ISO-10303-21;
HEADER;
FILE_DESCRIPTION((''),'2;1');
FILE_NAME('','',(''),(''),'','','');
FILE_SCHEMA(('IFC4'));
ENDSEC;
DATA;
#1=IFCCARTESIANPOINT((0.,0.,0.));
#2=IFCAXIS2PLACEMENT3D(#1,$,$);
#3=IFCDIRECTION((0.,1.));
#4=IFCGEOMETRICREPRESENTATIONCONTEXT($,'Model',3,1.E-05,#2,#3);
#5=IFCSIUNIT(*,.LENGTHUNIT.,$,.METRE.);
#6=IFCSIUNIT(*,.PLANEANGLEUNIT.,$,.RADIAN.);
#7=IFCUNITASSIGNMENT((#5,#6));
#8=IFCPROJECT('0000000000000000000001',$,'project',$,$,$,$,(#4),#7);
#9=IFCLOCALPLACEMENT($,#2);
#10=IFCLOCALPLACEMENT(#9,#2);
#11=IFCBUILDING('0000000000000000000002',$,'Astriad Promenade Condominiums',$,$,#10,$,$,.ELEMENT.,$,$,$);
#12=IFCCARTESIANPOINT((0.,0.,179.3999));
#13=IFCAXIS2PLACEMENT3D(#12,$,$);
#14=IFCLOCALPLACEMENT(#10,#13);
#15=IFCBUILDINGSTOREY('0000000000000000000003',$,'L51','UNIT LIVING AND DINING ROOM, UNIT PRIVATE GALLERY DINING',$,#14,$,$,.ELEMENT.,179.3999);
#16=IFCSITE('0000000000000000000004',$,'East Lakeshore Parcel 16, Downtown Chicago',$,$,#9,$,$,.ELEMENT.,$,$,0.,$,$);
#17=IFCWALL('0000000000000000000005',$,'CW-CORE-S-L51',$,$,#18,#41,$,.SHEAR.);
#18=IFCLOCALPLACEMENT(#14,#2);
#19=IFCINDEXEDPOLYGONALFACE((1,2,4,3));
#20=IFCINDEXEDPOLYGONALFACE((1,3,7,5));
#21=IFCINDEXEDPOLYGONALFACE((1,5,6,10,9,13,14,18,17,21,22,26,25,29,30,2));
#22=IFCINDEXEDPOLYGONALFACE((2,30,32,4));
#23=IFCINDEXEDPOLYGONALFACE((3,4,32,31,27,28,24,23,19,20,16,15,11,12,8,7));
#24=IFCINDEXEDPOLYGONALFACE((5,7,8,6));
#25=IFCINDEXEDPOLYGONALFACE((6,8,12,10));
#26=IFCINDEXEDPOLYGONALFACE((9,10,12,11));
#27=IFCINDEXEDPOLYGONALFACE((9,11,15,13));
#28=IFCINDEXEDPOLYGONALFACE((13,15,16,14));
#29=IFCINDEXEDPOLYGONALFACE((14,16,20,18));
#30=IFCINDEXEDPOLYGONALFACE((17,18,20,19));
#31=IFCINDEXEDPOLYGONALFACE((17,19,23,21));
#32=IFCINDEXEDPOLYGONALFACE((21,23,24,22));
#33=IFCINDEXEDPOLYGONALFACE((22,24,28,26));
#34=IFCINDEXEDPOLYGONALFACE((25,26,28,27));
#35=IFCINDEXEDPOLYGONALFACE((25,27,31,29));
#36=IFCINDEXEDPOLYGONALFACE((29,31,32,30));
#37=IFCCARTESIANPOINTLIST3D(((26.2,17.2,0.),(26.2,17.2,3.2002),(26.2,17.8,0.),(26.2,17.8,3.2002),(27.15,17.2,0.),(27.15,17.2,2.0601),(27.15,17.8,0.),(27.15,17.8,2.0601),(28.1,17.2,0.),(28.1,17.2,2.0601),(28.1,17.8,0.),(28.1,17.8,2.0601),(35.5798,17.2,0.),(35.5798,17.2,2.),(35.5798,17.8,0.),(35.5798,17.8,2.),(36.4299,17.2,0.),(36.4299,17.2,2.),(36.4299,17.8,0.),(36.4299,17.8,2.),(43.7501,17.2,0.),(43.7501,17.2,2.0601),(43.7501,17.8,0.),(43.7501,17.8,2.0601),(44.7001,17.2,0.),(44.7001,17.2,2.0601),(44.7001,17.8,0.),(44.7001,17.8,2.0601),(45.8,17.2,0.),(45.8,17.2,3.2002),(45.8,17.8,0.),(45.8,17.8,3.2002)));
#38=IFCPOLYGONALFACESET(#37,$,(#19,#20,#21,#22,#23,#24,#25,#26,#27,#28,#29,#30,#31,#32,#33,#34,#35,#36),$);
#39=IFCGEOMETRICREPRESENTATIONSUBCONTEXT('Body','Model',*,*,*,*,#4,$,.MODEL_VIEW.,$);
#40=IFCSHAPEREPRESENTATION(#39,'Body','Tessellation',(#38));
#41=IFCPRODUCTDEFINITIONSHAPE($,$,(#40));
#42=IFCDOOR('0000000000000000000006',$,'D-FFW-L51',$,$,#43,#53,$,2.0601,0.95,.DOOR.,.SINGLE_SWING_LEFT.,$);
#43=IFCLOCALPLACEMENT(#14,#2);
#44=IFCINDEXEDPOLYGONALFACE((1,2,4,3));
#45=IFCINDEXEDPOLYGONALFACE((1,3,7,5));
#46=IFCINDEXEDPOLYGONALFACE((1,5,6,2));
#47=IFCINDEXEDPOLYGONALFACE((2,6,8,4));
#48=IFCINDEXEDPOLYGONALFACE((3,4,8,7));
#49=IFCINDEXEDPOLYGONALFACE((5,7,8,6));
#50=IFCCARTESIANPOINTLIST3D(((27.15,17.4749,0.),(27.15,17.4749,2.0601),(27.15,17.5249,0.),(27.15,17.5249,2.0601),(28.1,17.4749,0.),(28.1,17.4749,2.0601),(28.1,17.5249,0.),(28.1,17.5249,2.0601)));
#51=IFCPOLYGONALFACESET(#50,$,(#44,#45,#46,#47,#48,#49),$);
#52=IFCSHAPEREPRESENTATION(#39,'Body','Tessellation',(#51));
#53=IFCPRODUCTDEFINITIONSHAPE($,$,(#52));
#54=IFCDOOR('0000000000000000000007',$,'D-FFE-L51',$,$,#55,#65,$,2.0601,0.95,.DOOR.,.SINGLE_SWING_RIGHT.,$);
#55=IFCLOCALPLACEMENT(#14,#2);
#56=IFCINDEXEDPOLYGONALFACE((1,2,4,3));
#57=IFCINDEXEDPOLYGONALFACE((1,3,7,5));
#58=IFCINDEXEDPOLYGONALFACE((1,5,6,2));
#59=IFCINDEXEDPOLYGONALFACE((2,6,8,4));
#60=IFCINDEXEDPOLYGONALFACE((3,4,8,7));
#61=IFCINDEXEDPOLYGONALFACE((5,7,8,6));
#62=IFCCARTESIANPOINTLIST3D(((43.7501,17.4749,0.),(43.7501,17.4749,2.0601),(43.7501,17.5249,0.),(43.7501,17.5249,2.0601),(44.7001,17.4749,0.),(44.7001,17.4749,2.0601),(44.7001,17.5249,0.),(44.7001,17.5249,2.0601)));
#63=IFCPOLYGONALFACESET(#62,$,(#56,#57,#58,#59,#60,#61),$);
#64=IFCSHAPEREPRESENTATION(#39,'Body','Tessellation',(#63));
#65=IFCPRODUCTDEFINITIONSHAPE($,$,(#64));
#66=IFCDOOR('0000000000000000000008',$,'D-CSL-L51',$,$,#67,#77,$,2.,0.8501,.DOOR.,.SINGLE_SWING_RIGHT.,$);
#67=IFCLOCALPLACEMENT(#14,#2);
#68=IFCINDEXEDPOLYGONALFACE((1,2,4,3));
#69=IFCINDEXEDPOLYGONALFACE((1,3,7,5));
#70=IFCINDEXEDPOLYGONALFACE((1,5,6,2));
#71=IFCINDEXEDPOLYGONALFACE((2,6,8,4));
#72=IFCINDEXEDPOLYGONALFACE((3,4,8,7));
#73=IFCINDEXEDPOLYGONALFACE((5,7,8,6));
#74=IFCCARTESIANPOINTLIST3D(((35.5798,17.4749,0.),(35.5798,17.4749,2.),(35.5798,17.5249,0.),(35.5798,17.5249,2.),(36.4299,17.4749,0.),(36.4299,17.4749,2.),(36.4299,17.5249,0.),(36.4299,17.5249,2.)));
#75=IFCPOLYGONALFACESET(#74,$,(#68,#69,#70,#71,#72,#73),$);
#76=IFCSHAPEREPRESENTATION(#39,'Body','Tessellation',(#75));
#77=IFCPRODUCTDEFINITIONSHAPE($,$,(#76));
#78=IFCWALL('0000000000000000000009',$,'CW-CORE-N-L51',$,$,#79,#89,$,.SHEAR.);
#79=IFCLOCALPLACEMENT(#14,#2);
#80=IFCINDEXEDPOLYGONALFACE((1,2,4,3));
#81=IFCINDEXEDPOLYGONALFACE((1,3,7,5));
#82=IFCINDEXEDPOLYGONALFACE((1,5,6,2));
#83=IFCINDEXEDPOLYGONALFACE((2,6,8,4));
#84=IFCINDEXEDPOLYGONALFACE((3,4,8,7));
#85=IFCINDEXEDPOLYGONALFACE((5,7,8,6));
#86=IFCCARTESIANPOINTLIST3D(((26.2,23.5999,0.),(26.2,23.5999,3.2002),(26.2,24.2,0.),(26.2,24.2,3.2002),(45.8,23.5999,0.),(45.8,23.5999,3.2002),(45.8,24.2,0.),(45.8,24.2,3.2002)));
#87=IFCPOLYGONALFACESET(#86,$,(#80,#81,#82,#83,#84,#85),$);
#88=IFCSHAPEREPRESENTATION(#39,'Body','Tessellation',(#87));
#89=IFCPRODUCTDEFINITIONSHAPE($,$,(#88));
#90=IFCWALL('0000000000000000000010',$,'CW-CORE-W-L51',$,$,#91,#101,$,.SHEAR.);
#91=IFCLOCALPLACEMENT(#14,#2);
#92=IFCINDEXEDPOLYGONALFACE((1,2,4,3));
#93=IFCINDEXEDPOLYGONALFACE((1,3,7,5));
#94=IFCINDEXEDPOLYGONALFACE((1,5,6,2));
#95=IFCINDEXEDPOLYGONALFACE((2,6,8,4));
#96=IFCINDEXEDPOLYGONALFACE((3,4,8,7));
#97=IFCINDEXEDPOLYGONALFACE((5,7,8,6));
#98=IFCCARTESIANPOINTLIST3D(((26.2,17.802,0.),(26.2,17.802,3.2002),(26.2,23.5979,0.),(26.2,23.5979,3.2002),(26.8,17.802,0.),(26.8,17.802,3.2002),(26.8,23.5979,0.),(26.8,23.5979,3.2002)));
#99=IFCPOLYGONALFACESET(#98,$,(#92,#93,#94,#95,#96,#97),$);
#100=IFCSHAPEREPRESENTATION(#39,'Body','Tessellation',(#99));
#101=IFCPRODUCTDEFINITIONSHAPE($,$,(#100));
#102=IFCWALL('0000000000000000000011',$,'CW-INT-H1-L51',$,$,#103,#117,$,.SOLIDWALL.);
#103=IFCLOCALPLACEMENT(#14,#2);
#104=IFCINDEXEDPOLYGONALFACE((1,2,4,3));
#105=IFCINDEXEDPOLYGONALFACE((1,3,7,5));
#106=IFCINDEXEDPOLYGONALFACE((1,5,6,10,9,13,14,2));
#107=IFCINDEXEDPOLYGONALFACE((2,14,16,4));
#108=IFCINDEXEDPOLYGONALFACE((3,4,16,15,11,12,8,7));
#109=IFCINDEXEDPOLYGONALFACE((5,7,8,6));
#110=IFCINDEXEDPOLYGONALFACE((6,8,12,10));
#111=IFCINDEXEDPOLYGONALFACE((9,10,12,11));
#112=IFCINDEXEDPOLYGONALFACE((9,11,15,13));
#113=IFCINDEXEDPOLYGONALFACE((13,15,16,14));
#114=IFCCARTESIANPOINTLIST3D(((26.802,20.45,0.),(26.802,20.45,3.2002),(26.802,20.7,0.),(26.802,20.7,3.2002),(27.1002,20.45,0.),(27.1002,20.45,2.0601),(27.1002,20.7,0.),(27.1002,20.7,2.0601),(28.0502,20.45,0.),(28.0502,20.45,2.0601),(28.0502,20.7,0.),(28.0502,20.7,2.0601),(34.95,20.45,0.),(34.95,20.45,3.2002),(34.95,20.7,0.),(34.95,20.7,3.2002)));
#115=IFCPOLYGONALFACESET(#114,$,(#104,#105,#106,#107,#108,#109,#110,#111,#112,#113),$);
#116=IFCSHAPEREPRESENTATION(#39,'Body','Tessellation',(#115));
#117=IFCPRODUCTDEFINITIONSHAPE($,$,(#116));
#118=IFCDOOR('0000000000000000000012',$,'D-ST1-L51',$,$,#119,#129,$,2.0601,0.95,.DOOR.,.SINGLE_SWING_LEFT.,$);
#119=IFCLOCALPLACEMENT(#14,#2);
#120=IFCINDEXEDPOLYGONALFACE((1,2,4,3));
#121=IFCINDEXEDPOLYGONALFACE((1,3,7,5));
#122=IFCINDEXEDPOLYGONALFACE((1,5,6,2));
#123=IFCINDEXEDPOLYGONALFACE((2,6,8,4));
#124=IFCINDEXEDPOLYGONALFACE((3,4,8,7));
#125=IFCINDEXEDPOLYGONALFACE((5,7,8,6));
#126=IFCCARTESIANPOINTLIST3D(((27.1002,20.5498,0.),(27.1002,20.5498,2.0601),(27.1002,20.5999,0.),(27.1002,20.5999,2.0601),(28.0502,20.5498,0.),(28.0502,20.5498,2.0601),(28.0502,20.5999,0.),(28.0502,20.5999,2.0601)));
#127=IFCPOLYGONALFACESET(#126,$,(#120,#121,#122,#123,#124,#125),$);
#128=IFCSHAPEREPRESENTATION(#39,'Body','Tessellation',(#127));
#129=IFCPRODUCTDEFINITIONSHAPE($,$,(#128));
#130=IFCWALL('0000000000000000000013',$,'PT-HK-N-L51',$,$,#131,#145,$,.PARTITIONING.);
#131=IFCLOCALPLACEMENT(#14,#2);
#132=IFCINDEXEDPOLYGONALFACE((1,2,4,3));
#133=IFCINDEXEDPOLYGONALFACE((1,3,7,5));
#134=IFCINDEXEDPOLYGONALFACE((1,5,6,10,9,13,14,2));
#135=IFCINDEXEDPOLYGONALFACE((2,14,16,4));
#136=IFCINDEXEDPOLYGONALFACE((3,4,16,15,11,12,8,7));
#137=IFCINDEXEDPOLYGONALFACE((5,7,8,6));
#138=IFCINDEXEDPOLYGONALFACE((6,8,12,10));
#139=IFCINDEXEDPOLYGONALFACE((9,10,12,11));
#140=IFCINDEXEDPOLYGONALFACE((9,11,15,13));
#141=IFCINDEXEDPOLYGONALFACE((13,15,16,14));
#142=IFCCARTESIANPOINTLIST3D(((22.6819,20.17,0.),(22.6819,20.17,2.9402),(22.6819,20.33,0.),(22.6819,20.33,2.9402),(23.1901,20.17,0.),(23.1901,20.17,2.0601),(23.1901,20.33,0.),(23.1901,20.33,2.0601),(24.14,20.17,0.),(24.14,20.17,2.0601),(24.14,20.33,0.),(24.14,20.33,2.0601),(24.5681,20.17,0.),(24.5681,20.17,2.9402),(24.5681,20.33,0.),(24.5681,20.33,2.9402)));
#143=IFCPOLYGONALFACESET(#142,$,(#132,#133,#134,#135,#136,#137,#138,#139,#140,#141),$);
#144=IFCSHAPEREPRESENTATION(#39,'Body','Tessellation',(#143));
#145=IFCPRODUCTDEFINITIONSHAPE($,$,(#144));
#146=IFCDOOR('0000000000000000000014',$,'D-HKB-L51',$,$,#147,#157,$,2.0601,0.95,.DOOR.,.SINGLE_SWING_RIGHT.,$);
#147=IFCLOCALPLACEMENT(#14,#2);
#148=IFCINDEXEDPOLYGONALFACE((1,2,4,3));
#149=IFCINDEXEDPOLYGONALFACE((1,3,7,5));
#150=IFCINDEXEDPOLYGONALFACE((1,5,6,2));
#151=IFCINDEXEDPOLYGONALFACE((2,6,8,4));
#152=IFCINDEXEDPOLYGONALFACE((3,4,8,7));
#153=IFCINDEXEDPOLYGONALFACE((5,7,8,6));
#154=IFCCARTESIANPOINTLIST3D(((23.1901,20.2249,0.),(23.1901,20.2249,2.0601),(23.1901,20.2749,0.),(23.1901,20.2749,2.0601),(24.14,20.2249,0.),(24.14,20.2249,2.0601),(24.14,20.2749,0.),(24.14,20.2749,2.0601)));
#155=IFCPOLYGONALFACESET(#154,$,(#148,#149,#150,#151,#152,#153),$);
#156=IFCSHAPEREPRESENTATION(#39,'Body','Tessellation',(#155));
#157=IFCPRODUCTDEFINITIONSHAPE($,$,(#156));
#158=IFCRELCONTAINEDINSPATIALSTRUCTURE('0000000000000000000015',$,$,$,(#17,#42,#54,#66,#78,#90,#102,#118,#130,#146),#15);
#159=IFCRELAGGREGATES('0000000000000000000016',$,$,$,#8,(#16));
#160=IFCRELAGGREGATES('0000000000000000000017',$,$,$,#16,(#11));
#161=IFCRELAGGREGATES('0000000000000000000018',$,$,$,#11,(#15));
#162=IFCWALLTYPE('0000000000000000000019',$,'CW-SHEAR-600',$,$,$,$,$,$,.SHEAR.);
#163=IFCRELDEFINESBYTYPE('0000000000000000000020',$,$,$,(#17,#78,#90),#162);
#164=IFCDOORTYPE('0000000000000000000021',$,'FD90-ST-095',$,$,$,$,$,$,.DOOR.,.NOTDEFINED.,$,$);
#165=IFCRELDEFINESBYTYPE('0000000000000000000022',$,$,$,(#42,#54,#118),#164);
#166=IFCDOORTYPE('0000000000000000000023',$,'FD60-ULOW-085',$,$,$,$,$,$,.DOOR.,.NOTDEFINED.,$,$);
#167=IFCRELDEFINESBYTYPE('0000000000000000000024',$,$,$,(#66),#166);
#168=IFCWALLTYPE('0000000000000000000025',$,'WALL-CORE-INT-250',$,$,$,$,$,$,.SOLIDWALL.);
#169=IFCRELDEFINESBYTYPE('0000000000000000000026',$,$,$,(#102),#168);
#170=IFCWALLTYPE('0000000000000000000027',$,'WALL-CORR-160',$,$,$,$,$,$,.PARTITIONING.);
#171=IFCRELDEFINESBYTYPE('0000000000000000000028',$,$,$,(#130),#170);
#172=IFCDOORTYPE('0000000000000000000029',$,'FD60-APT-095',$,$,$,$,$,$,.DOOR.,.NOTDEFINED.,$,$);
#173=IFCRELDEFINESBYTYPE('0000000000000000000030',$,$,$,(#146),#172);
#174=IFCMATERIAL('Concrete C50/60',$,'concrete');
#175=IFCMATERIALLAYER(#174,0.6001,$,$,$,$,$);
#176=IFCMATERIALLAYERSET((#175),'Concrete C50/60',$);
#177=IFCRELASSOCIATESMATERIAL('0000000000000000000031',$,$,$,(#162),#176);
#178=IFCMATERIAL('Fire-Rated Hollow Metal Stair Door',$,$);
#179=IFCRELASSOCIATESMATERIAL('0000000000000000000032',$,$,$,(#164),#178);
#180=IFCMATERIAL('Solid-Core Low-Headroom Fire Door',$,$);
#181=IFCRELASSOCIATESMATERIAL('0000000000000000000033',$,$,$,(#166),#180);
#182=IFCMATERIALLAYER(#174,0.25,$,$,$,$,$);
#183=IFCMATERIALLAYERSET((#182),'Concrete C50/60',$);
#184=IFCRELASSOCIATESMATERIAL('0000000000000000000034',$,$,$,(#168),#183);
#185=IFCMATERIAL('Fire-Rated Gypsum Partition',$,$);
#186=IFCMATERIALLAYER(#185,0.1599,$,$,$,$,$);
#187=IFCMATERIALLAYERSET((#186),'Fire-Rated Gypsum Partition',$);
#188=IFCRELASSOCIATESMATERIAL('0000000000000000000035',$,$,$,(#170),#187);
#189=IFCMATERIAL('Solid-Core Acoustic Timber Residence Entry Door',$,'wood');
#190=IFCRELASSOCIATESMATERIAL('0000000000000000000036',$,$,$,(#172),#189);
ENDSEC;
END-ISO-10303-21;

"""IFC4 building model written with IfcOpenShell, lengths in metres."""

from ifc_helpers import new_model, si_unit, direction, frame, frame_2d, origin, place, context, subcontext, project, spatial, rectangle, extrude, source, transform, mapped, material, layer, layer_set, type_object, type_shapes, element, fill, save


model = new_model("IFC4")

# Units and contexts
model_context = context("Model", 3, precision=1e-05, world=origin(), true_north=direction((0.0, 1.0)))
body_context = subcontext(model_context, "Body", "Model", "MODEL_VIEW")
ifc_project = project(units=[si_unit("LENGTHUNIT", "METRE"), si_unit("PLANEANGLEUNIT", "RADIAN")], contexts=[model_context])

# Site, building, storey
site_placement = place(None, origin())
site = spatial("IfcSite", under=ifc_project, at=site_placement, Name="East Lakeshore Parcel 16, Downtown Chicago", CompositionType="ELEMENT", RefElevation=0.0)
building_placement = place(site_placement, origin())
building = spatial("IfcBuilding", under=site, at=building_placement, Name="Astriad Promenade Condominiums", CompositionType="ELEMENT")
storey_placement = place(building_placement, frame((0.0, 0.0, 179.3999)))
storey = spatial("IfcBuildingStorey", under=building, at=storey_placement, Name="L51", Description="UNIT LIVING AND DINING ROOM, UNIT PRIVATE GALLERY DINING", CompositionType="ELEMENT", Elevation=179.3999)

# Shared definitions
ifc_material_1 = material(Name="Concrete C50/60", Category="concrete")

# Wall, openings, doors
ifc_layer_1 = layer(ifc_material_1, 0.6001)
ifc_layer_set_1 = layer_set([ifc_layer_1], Name="Concrete C50/60")
wall_type_1 = type_object("IfcWallType", Name="CW-SHEAR-600", PredefinedType="SHEAR", material=ifc_layer_set_1)
wall_1_placement = place(storey_placement, frame((26.2, 17.5, 0.0), z_axis=(0.0, 0.0, 1.0), x_axis=(1.0, 0.0, 0.0)))
wall_1 = element("IfcWall", 1, at=wall_1_placement, inside=storey, type_object=wall_type_1, Name="CW-CORE-S-L51", PredefinedType="SHEAR", context=body_context, shape_type="SweptSolid", body=[
    extrude(rectangle(XDim=19.6001, YDim=0.6001, at=frame_2d((9.8, 0.0))), origin(), (0.0, 0.0, 1.0), 3.2002),
])
opening_1_placement = place(wall_1_placement, frame((0.95, 0.0, 0.0)))
opening_1 = element("IfcOpeningElement", 2, at=opening_1_placement, cuts=wall_1, PredefinedType="OPENING", context=body_context, shape_type="SweptSolid", body=[
    extrude(rectangle(XDim=0.95, YDim=2.0601, at=frame_2d((0.4751, 1.03))), frame((0.0, 0.3101, 0.0), z_axis=(0.0, -1.0, 0.0), x_axis=(1.0, 0.0, 0.0)), (0.0, 0.0, 1.0), 0.6201),
])
opening_2_placement = place(wall_1_placement, frame((9.3799, 0.0, 0.0)))
opening_2 = element("IfcOpeningElement", 3, at=opening_2_placement, cuts=wall_1, PredefinedType="OPENING", context=body_context, shape_type="SweptSolid", body=[
    extrude(rectangle(XDim=0.8501, YDim=2.0, at=frame_2d((0.425, 1.0))), frame((0.0, 0.3101, 0.0), z_axis=(0.0, -1.0, 0.0), x_axis=(1.0, 0.0, 0.0)), (0.0, 0.0, 1.0), 0.6201),
])
opening_3_placement = place(wall_1_placement, frame((17.55, 0.0, 0.0)))
opening_3 = element("IfcOpeningElement", 4, at=opening_3_placement, cuts=wall_1, PredefinedType="OPENING", context=body_context, shape_type="SweptSolid", body=[
    extrude(rectangle(XDim=0.95, YDim=2.0601, at=frame_2d((0.4751, 1.03))), frame((0.0, 0.3101, 0.0), z_axis=(0.0, -1.0, 0.0), x_axis=(1.0, 0.0, 0.0)), (0.0, 0.0, 1.0), 0.6201),
])
ifc_material_2 = material(Name="Fire-Rated Hollow Metal Stair Door")
door_type_1 = type_object("IfcDoorType", Name="FD90-ST-095", OperationType="NOTDEFINED", PredefinedType="DOOR", material=ifc_material_2)
shared_shape_1 = source(origin(), body_context, "Body", "SweptSolid", [
    extrude(rectangle(XDim=0.95, YDim=2.0601, at=frame_2d((0.4751, 1.03))), frame((0.0, 0.0249, 0.0), z_axis=(0.0, -1.0, 0.0), x_axis=(1.0, 0.0, 0.0)), (0.0, 0.0, 1.0), 0.05),
])
type_shapes(door_type_1, [shared_shape_1])
door_1_placement = place(opening_1_placement, origin())
door_1 = element("IfcDoor", 5, at=door_1_placement, inside=storey, type_object=door_type_1, Name="D-FFW-L51", OperationType="SINGLE_SWING_LEFT", OverallHeight=2.0601, OverallWidth=0.95, PredefinedType="DOOR", context=body_context, shape_type="MappedRepresentation", body=[
    mapped(shared_shape_1, transform((0.0, 0.0, 0.0), scale=1.0)),
])
fill(opening_1, door_1)
door_2_placement = place(opening_3_placement, origin())
door_2 = element("IfcDoor", 6, at=door_2_placement, inside=storey, type_object=door_type_1, Name="D-FFE-L51", OperationType="SINGLE_SWING_RIGHT", OverallHeight=2.0601, OverallWidth=0.95, PredefinedType="DOOR", context=body_context, shape_type="MappedRepresentation", body=[
    mapped(shared_shape_1, transform((0.0, 0.0, 0.0), scale=1.0)),
])
fill(opening_3, door_2)
ifc_material_3 = material(Name="Solid-Core Low-Headroom Fire Door")
door_type_2 = type_object("IfcDoorType", Name="FD60-ULOW-085", OperationType="NOTDEFINED", PredefinedType="DOOR", material=ifc_material_3)
shared_shape_2 = source(origin(), body_context, "Body", "SweptSolid", [
    extrude(rectangle(XDim=0.8501, YDim=2.0, at=frame_2d((0.425, 1.0))), frame((0.0, 0.0249, 0.0), z_axis=(0.0, -1.0, 0.0), x_axis=(1.0, 0.0, 0.0)), (0.0, 0.0, 1.0), 0.05),
])
type_shapes(door_type_2, [shared_shape_2])
door_3_placement = place(opening_2_placement, origin())
door_3 = element("IfcDoor", 7, at=door_3_placement, inside=storey, type_object=door_type_2, Name="D-CSL-L51", OperationType="SINGLE_SWING_RIGHT", OverallHeight=2.0, OverallWidth=0.8501, PredefinedType="DOOR", context=body_context, shape_type="MappedRepresentation", body=[
    mapped(shared_shape_2, transform((0.0, 0.0, 0.0), scale=1.0)),
])
fill(opening_2, door_3)

# Walls
wall_2_placement = place(storey_placement, frame((26.2, 23.8999, 0.0), z_axis=(0.0, 0.0, 1.0), x_axis=(1.0, 0.0, 0.0)))
element("IfcWall", 8, at=wall_2_placement, inside=storey, type_object=wall_type_1, Name="CW-CORE-N-L51", PredefinedType="SHEAR", context=body_context, shape_type="SweptSolid", body=[
    extrude(rectangle(XDim=19.6001, YDim=0.6001, at=frame_2d((9.8, 0.0))), origin(), (0.0, 0.0, 1.0), 3.2002),
])
wall_3_placement = place(storey_placement, frame((26.5, 17.802, 0.0), z_axis=(0.0, 0.0, 1.0), x_axis=(0.0, 1.0, 0.0)))
element("IfcWall", 9, at=wall_3_placement, inside=storey, type_object=wall_type_1, Name="CW-CORE-W-L51", PredefinedType="SHEAR", context=body_context, shape_type="SweptSolid", body=[
    extrude(rectangle(XDim=5.7959, YDim=0.6001, at=frame_2d((2.8979, 0.0))), origin(), (0.0, 0.0, 1.0), 3.2002),
])

# Walls, openings, doors
ifc_layer_2 = layer(ifc_material_1, 0.25)
ifc_layer_set_2 = layer_set([ifc_layer_2], Name="Concrete C50/60")
wall_type_2 = type_object("IfcWallType", Name="WALL-CORE-INT-250", PredefinedType="SOLIDWALL", material=ifc_layer_set_2)
wall_4_placement = place(storey_placement, frame((26.802, 20.575, 0.0), z_axis=(0.0, 0.0, 1.0), x_axis=(1.0, 0.0, 0.0)))
wall_4 = element("IfcWall", 10, at=wall_4_placement, inside=storey, type_object=wall_type_2, Name="CW-INT-H1-L51", PredefinedType="SOLIDWALL", context=body_context, shape_type="SweptSolid", body=[
    extrude(rectangle(XDim=8.1479, YDim=0.25, at=frame_2d((4.074, 0.0))), origin(), (0.0, 0.0, 1.0), 3.2002),
])
opening_4_placement = place(wall_4_placement, frame((0.2981, 0.0, 0.0)))
opening_4 = element("IfcOpeningElement", 11, at=opening_4_placement, cuts=wall_4, PredefinedType="OPENING", context=body_context, shape_type="SweptSolid", body=[
    extrude(rectangle(XDim=0.95, YDim=2.0601, at=frame_2d((0.4751, 1.03))), frame((0.0, 0.135, 0.0), z_axis=(0.0, -1.0, 0.0), x_axis=(1.0, 0.0, 0.0)), (0.0, 0.0, 1.0), 0.27),
])
door_4_placement = place(opening_4_placement, origin())
door_4 = element("IfcDoor", 12, at=door_4_placement, inside=storey, type_object=door_type_1, Name="D-ST1-L51", OperationType="SINGLE_SWING_LEFT", OverallHeight=2.0601, OverallWidth=0.95, PredefinedType="DOOR", context=body_context, shape_type="MappedRepresentation", body=[
    mapped(shared_shape_1, transform((0.0, 0.0, 0.0), scale=1.0)),
])
fill(opening_4, door_4)
ifc_material_4 = material(Name="Fire-Rated Gypsum Partition")
ifc_layer_3 = layer(ifc_material_4, 0.1599)
ifc_layer_set_3 = layer_set([ifc_layer_3], Name="Fire-Rated Gypsum Partition")
wall_type_3 = type_object("IfcWallType", Name="WALL-CORR-160", PredefinedType="PARTITIONING", material=ifc_layer_set_3)
wall_5_placement = place(storey_placement, frame((22.6819, 20.25, 0.0), z_axis=(0.0, 0.0, 1.0), x_axis=(1.0, 0.0, 0.0)))
wall_5 = element("IfcWall", 13, at=wall_5_placement, inside=storey, type_object=wall_type_3, Name="PT-HK-N-L51", PredefinedType="PARTITIONING", context=body_context, shape_type="SweptSolid", body=[
    extrude(rectangle(XDim=1.8862, YDim=0.1599, at=frame_2d((0.9431, 0.0))), origin(), (0.0, 0.0, 1.0), 2.9402),
])
opening_5_placement = place(wall_5_placement, frame((0.5081, 0.0, 0.0)))
opening_5 = element("IfcOpeningElement", 14, at=opening_5_placement, cuts=wall_5, PredefinedType="OPENING", context=body_context, shape_type="SweptSolid", body=[
    extrude(rectangle(XDim=0.95, YDim=2.0601, at=frame_2d((0.4751, 1.03))), frame((0.0, 0.0898, 0.0), z_axis=(0.0, -1.0, 0.0), x_axis=(1.0, 0.0, 0.0)), (0.0, 0.0, 1.0), 0.1799),
])
ifc_material_5 = material(Name="Solid-Core Acoustic Timber Residence Entry Door", Category="wood")
door_type_3 = type_object("IfcDoorType", Name="FD60-APT-095", OperationType="NOTDEFINED", PredefinedType="DOOR", material=ifc_material_5)
shared_shape_3 = source(origin(), body_context, "Body", "SweptSolid", [
    extrude(rectangle(XDim=0.95, YDim=2.0601, at=frame_2d((0.4751, 1.03))), frame((0.0, 0.0249, 0.0), z_axis=(0.0, -1.0, 0.0), x_axis=(1.0, 0.0, 0.0)), (0.0, 0.0, 1.0), 0.05),
])
type_shapes(door_type_3, [shared_shape_3])
door_5_placement = place(opening_5_placement, origin())
door_5 = element("IfcDoor", 15, at=door_5_placement, inside=storey, type_object=door_type_3, Name="D-HKB-L51", OperationType="SINGLE_SWING_RIGHT", OverallHeight=2.0601, OverallWidth=0.95, PredefinedType="DOOR", context=body_context, shape_type="MappedRepresentation", body=[
    mapped(shared_shape_3, transform((0.0, 0.0, 0.0), scale=1.0)),
])
fill(opening_5, door_5)

save(model, "model.ifc")
